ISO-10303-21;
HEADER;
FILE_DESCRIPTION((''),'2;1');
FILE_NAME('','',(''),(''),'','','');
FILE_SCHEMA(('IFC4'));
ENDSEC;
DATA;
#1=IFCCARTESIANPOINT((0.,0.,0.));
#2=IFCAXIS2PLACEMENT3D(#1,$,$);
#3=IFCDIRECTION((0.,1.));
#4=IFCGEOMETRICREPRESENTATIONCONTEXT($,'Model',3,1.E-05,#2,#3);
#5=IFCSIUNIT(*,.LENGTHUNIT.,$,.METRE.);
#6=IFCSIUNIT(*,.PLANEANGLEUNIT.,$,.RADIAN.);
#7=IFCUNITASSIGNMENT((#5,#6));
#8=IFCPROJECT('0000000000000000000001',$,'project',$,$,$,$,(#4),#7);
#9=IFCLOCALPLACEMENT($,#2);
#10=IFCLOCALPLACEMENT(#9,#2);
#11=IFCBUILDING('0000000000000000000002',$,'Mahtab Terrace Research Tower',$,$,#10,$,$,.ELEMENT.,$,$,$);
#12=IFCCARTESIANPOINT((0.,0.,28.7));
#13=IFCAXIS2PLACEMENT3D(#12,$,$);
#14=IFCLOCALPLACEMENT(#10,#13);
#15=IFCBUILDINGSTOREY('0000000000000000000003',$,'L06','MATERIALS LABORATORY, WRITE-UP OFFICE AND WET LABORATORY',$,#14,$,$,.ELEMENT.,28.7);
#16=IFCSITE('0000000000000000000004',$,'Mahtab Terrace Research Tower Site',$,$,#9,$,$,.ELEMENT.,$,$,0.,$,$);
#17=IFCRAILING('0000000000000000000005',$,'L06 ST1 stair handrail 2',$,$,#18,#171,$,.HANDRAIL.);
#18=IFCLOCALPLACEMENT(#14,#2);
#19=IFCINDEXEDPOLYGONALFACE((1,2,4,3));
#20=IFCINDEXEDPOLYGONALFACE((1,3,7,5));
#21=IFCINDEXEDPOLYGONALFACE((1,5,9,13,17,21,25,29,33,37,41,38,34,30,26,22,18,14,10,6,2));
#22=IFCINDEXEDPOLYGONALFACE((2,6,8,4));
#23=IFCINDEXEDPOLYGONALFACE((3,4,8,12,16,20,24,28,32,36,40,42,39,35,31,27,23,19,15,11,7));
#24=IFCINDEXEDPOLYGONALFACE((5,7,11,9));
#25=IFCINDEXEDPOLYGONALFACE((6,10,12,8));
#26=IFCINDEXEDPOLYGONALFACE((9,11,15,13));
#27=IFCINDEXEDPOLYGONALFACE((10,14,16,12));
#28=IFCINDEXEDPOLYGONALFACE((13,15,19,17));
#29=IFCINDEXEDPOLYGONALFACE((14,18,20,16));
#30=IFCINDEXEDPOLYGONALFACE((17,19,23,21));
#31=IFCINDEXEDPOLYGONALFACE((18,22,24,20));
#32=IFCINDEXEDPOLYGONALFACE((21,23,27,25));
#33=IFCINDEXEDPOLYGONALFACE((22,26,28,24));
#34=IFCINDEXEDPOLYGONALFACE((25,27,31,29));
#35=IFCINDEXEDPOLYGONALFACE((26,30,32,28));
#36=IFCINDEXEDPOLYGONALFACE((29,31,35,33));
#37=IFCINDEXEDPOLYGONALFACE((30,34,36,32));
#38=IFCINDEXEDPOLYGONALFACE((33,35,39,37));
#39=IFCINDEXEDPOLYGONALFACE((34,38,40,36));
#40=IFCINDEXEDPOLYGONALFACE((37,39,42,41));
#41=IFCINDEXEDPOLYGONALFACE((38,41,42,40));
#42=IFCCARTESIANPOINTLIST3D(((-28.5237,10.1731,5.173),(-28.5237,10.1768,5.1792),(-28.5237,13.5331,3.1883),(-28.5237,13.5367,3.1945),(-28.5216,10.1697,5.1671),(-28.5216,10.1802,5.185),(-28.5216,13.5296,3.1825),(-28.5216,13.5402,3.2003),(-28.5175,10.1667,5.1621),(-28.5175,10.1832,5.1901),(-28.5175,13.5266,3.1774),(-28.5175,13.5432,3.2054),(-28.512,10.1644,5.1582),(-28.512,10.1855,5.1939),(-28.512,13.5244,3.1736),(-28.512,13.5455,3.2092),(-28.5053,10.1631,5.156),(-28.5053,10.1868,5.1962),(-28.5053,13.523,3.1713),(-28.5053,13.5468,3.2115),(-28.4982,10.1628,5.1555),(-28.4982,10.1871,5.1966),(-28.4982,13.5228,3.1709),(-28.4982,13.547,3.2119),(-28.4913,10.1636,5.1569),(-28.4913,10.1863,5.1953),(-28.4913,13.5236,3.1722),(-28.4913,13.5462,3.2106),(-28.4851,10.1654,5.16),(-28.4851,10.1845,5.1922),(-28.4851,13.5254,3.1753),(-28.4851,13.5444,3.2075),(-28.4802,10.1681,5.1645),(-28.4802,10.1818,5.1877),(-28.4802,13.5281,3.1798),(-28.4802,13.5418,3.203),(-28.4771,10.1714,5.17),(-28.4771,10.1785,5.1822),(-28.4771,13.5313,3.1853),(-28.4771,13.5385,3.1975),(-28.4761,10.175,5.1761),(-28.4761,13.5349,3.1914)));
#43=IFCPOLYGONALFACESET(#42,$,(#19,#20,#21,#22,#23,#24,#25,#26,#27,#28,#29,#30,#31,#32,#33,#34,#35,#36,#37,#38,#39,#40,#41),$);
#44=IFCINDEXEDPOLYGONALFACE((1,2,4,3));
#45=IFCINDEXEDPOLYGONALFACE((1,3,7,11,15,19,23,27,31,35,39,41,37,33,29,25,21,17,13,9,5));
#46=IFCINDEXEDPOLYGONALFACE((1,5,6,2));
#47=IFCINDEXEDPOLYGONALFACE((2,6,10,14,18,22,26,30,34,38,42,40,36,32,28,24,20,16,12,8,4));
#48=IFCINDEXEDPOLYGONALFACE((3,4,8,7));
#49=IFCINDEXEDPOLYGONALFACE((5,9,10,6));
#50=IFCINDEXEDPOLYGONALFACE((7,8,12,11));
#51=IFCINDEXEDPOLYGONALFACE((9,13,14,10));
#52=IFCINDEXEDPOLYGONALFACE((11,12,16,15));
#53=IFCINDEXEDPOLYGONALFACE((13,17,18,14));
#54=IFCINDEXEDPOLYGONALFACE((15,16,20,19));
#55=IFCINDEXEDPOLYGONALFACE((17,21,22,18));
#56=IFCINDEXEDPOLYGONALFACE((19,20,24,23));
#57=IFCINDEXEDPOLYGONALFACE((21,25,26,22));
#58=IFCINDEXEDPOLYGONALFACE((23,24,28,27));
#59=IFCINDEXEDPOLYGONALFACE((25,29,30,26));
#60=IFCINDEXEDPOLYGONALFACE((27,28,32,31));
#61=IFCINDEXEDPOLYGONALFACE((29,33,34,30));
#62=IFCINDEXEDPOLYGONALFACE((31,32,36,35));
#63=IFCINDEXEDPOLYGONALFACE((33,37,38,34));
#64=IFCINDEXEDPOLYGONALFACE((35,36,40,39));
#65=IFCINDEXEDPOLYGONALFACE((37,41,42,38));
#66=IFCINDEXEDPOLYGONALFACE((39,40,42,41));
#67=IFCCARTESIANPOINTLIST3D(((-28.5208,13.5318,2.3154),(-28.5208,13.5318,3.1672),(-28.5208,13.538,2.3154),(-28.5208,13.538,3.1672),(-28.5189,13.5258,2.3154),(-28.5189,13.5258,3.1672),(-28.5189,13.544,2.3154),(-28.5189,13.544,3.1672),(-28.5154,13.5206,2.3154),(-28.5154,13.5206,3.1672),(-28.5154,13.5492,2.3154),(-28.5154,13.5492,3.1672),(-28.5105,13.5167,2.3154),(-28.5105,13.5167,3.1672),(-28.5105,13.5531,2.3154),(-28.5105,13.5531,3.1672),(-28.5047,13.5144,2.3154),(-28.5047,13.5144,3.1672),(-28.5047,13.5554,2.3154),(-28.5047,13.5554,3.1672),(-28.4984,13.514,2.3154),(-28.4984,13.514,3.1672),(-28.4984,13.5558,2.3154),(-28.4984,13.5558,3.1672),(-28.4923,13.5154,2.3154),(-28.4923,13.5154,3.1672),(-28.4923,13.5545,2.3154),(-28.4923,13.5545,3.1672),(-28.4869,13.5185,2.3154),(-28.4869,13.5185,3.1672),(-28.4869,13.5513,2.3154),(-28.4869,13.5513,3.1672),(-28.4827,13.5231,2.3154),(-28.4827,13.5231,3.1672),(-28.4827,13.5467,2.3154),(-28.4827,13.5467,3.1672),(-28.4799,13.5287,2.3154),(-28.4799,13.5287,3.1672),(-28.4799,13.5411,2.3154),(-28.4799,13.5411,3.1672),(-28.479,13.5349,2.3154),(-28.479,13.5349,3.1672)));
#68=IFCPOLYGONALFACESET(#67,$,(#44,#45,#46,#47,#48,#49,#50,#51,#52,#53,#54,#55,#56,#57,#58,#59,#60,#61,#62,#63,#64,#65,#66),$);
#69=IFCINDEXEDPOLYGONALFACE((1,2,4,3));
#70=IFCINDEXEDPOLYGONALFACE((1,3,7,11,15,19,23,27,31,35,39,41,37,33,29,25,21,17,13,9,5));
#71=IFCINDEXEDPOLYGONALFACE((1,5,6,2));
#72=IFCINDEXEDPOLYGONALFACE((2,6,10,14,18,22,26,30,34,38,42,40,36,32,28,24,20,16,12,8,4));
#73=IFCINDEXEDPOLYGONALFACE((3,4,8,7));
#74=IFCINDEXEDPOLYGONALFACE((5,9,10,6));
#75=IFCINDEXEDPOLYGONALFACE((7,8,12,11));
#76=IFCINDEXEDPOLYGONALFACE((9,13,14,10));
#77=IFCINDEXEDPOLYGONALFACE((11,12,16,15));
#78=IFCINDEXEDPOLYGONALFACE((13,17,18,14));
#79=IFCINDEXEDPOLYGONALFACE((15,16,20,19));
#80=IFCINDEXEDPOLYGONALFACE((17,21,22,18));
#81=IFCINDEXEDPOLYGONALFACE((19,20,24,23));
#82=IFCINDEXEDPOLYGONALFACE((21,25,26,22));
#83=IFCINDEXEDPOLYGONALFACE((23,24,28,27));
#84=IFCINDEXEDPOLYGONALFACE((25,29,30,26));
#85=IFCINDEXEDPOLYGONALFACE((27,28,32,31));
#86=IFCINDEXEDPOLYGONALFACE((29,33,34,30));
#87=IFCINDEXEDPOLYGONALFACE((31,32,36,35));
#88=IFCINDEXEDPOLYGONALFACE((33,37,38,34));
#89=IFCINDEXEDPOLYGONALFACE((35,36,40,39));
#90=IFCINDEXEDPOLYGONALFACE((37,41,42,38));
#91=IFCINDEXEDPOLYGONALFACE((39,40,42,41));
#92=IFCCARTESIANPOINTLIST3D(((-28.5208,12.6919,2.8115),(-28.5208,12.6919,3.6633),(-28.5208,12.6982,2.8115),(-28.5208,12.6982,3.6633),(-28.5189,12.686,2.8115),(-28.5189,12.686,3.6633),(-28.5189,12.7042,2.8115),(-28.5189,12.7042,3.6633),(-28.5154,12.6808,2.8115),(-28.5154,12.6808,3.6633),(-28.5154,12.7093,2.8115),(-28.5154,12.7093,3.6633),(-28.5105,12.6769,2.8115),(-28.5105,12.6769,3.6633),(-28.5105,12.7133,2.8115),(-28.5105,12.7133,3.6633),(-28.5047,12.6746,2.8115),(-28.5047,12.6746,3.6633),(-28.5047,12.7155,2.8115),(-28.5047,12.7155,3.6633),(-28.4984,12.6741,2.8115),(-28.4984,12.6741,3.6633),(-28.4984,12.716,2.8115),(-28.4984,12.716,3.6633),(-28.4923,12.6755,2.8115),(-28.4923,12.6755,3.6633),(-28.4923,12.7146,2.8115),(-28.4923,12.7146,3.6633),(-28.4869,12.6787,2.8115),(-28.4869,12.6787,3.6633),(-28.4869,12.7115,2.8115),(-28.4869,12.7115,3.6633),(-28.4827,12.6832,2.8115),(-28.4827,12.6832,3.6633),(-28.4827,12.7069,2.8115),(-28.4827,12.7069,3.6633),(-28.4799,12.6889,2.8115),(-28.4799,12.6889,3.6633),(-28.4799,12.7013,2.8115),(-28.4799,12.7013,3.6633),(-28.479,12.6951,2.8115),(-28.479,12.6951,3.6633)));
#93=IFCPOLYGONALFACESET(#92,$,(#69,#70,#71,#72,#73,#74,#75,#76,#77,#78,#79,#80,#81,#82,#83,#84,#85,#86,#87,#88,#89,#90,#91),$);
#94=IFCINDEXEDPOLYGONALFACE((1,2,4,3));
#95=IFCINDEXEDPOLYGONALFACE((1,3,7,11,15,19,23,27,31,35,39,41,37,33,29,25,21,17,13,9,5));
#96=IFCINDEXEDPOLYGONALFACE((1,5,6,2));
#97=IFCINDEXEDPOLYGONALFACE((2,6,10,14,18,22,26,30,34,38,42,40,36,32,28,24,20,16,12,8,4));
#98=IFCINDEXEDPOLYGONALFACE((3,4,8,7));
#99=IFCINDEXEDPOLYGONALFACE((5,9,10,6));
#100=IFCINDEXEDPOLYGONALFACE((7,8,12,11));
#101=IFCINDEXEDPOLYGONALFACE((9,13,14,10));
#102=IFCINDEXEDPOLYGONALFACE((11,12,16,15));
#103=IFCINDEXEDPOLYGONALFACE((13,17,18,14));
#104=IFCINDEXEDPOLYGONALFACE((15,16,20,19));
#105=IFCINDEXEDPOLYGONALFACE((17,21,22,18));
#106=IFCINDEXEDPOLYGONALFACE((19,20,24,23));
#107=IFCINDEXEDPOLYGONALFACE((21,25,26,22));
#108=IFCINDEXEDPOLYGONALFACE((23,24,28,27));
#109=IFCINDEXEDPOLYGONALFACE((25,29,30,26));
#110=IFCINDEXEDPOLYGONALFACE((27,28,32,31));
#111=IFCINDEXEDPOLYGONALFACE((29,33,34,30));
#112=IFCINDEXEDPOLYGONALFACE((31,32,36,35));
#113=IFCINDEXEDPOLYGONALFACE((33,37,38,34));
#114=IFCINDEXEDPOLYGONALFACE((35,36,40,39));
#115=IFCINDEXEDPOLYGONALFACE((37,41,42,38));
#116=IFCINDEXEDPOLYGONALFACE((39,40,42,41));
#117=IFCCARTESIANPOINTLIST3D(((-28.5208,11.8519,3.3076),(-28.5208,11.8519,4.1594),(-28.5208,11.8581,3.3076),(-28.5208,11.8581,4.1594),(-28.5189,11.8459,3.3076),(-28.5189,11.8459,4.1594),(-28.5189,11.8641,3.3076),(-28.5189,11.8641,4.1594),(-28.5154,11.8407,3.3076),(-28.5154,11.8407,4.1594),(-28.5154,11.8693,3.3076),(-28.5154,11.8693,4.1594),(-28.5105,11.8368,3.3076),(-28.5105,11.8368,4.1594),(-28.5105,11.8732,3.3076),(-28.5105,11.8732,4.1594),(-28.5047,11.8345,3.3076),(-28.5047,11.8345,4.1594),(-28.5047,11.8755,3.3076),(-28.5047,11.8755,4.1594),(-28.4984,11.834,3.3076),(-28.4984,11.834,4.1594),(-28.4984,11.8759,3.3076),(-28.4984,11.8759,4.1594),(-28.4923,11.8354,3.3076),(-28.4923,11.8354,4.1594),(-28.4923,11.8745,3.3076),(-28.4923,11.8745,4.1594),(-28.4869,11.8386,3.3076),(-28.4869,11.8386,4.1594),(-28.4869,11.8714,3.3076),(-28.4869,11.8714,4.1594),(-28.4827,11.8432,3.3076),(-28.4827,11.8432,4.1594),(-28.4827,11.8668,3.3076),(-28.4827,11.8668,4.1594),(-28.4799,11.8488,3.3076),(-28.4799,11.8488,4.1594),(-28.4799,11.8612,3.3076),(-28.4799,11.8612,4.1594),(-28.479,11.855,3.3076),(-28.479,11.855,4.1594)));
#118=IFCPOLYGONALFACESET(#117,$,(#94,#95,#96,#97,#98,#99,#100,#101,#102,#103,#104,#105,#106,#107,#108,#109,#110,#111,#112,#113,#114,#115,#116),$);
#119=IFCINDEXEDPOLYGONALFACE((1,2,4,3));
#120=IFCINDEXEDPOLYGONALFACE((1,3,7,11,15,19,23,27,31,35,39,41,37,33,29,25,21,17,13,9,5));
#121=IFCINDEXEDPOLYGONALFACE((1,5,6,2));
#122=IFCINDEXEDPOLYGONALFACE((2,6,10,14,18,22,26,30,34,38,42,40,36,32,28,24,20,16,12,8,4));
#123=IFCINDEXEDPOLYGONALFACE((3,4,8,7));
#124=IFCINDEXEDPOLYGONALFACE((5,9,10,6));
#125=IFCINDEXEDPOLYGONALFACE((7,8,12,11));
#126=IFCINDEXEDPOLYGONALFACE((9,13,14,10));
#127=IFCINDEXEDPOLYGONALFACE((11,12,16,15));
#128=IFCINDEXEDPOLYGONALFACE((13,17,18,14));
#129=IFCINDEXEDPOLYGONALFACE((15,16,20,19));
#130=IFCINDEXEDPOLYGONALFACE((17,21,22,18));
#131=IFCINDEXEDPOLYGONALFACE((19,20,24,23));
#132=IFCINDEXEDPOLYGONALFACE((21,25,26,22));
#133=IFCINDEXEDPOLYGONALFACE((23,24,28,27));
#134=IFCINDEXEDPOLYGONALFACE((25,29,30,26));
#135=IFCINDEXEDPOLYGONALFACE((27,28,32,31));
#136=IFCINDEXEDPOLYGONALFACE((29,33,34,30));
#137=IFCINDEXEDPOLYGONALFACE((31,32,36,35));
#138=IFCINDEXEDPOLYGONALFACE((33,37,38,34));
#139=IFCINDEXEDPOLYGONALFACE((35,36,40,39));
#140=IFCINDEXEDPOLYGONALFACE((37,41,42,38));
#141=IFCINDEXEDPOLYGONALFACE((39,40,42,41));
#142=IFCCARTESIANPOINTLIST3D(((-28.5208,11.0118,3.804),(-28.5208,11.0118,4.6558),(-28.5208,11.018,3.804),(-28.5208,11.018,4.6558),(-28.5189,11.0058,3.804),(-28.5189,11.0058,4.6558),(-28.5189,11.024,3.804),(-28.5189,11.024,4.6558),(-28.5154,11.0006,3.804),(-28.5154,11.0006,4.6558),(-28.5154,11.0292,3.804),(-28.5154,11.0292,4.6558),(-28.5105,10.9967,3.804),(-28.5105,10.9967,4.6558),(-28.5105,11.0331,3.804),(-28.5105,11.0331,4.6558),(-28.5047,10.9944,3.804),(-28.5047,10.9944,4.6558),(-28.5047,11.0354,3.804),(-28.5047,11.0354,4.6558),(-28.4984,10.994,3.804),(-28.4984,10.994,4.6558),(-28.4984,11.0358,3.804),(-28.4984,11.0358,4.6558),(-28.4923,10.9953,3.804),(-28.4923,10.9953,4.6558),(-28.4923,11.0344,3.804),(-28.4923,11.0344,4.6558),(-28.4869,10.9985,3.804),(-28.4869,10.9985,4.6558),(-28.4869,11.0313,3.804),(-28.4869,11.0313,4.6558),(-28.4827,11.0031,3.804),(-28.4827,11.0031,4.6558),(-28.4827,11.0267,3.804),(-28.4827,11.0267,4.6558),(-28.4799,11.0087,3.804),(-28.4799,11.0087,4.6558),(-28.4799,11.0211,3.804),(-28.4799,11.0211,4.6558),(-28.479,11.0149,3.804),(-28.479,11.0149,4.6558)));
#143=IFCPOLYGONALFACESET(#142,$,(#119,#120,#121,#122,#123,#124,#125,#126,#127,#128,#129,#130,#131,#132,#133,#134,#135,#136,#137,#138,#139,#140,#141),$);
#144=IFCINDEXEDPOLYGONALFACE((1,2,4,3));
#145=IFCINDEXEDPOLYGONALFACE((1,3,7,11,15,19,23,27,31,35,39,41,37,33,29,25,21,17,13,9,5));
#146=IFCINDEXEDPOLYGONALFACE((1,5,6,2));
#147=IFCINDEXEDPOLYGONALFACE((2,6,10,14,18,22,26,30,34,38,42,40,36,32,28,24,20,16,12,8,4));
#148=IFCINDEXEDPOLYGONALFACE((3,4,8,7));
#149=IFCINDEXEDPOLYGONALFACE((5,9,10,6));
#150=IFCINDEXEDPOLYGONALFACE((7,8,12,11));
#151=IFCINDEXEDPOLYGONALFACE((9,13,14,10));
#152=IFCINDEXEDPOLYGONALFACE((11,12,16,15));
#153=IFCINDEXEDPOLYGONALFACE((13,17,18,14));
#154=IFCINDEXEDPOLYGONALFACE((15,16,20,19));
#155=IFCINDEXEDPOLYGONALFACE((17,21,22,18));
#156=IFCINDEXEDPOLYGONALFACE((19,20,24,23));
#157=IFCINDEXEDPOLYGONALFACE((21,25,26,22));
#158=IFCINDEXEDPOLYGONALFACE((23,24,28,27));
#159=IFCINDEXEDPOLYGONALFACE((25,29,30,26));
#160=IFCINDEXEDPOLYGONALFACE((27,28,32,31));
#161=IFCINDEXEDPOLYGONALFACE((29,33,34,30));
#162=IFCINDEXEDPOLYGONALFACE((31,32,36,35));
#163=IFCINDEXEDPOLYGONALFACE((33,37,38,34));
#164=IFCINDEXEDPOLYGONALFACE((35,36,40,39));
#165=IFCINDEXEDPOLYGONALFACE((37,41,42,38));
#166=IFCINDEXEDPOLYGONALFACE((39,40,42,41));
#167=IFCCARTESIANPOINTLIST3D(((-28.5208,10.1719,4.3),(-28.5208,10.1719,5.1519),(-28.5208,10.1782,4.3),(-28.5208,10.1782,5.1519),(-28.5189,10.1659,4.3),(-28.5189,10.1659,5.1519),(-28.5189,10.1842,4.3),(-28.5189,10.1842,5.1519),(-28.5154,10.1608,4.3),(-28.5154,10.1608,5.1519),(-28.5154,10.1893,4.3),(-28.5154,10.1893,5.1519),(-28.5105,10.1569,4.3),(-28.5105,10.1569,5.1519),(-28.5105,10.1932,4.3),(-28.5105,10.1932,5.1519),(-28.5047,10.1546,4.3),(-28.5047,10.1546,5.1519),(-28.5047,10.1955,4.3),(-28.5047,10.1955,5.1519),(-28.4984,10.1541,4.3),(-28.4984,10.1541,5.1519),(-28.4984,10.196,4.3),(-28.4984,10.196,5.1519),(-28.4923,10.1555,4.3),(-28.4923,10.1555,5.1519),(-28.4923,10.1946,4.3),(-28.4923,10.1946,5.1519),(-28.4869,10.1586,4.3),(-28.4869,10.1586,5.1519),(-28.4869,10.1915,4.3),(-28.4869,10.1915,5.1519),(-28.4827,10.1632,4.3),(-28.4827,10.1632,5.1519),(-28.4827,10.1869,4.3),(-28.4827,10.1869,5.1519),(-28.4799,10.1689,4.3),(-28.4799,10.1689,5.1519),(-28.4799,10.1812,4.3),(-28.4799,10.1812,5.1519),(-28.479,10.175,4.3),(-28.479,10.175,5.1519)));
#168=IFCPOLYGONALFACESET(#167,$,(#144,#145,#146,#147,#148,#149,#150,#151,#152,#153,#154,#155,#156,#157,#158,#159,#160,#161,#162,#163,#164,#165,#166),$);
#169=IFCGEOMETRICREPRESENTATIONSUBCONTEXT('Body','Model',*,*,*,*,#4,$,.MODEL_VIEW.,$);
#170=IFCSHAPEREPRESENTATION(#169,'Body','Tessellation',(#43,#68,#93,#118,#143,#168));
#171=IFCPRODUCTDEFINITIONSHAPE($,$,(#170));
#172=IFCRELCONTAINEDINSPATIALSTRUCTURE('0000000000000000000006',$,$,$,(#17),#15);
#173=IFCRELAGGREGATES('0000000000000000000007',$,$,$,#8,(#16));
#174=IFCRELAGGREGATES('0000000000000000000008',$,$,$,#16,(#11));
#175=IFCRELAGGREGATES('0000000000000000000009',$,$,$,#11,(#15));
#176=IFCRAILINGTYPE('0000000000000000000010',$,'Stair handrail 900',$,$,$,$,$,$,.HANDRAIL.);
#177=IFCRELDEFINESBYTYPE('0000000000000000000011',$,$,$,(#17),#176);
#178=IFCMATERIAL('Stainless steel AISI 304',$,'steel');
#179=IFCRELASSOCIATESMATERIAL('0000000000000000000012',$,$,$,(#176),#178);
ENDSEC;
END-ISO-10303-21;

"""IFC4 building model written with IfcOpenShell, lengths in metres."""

from ifc_helpers import new_model, si_unit, direction, frame, origin, origin_2d, place, context, subcontext, project, spatial, circle, extrude, material, type_object, element, save


model = new_model("IFC4")

# Units and contexts
model_context = context("Model", 3, precision=1e-05, world=origin(), true_north=direction((0.0, 1.0)))
body_context = subcontext(model_context, "Body", "Model", "MODEL_VIEW")
ifc_project = project(units=[si_unit("LENGTHUNIT", "METRE"), si_unit("PLANEANGLEUNIT", "RADIAN")], contexts=[model_context])

# Site, building, storey
site_placement = place(None, origin())
site = spatial("IfcSite", under=ifc_project, at=site_placement, Name="Mahtab Terrace Research Tower Site", CompositionType="ELEMENT", RefElevation=0.0)
building_placement = place(site_placement, origin())
building = spatial("IfcBuilding", under=site, at=building_placement, Name="Mahtab Terrace Research Tower", CompositionType="ELEMENT")
storey_placement = place(building_placement, frame((0.0, 0.0, 28.7)))
storey = spatial("IfcBuildingStorey", under=building, at=storey_placement, Name="L06", Description="MATERIALS LABORATORY, WRITE-UP OFFICE AND WET LABORATORY", CompositionType="ELEMENT", Elevation=28.7)

# Railing
ifc_material_1 = material(Name="Stainless steel AISI 304", Category="steel")
railing_type_1 = type_object("IfcRailingType", Name="Stair handrail 900", PredefinedType="HANDRAIL", material=ifc_material_1)
railing_1_placement = place(storey_placement, frame((-28.5, 13.5349, 2.3154)))
element("IfcRailing", 1, at=railing_1_placement, inside=storey, type_object=railing_type_1, Name="L06 ST1 stair handrail 2", PredefinedType="HANDRAIL", context=body_context, shape_type="SweptSolid", body=[
    extrude(circle(Radius=0.0239, at=origin_2d()), frame((0.0, 0.0, 0.876), z_axis=(0.0, -0.861011, 0.508586), x_axis=(1.0, 0.0, 0.0)), (0.0, 0.0, 1.0), 3.9023),
    extrude(circle(Radius=0.021, at=origin_2d()), origin(), (0.0, 0.0, 1.0), 0.8518),
    extrude(circle(Radius=0.021, at=origin_2d()), frame((0.0, -0.8398, 0.4961)), (0.0, 0.0, 1.0), 0.8518),
    extrude(circle(Radius=0.021, at=origin_2d()), frame((0.0, -1.6799, 0.9922)), (0.0, 0.0, 1.0), 0.8518),
    extrude(circle(Radius=0.021, at=origin_2d()), frame((0.0, -2.52, 1.4885)), (0.0, 0.0, 1.0), 0.8518),
    extrude(circle(Radius=0.021, at=origin_2d()), frame((0.0, -3.3599, 1.9846)), (0.0, 0.0, 1.0), 0.8518),
])

save(model, "model.ifc")
